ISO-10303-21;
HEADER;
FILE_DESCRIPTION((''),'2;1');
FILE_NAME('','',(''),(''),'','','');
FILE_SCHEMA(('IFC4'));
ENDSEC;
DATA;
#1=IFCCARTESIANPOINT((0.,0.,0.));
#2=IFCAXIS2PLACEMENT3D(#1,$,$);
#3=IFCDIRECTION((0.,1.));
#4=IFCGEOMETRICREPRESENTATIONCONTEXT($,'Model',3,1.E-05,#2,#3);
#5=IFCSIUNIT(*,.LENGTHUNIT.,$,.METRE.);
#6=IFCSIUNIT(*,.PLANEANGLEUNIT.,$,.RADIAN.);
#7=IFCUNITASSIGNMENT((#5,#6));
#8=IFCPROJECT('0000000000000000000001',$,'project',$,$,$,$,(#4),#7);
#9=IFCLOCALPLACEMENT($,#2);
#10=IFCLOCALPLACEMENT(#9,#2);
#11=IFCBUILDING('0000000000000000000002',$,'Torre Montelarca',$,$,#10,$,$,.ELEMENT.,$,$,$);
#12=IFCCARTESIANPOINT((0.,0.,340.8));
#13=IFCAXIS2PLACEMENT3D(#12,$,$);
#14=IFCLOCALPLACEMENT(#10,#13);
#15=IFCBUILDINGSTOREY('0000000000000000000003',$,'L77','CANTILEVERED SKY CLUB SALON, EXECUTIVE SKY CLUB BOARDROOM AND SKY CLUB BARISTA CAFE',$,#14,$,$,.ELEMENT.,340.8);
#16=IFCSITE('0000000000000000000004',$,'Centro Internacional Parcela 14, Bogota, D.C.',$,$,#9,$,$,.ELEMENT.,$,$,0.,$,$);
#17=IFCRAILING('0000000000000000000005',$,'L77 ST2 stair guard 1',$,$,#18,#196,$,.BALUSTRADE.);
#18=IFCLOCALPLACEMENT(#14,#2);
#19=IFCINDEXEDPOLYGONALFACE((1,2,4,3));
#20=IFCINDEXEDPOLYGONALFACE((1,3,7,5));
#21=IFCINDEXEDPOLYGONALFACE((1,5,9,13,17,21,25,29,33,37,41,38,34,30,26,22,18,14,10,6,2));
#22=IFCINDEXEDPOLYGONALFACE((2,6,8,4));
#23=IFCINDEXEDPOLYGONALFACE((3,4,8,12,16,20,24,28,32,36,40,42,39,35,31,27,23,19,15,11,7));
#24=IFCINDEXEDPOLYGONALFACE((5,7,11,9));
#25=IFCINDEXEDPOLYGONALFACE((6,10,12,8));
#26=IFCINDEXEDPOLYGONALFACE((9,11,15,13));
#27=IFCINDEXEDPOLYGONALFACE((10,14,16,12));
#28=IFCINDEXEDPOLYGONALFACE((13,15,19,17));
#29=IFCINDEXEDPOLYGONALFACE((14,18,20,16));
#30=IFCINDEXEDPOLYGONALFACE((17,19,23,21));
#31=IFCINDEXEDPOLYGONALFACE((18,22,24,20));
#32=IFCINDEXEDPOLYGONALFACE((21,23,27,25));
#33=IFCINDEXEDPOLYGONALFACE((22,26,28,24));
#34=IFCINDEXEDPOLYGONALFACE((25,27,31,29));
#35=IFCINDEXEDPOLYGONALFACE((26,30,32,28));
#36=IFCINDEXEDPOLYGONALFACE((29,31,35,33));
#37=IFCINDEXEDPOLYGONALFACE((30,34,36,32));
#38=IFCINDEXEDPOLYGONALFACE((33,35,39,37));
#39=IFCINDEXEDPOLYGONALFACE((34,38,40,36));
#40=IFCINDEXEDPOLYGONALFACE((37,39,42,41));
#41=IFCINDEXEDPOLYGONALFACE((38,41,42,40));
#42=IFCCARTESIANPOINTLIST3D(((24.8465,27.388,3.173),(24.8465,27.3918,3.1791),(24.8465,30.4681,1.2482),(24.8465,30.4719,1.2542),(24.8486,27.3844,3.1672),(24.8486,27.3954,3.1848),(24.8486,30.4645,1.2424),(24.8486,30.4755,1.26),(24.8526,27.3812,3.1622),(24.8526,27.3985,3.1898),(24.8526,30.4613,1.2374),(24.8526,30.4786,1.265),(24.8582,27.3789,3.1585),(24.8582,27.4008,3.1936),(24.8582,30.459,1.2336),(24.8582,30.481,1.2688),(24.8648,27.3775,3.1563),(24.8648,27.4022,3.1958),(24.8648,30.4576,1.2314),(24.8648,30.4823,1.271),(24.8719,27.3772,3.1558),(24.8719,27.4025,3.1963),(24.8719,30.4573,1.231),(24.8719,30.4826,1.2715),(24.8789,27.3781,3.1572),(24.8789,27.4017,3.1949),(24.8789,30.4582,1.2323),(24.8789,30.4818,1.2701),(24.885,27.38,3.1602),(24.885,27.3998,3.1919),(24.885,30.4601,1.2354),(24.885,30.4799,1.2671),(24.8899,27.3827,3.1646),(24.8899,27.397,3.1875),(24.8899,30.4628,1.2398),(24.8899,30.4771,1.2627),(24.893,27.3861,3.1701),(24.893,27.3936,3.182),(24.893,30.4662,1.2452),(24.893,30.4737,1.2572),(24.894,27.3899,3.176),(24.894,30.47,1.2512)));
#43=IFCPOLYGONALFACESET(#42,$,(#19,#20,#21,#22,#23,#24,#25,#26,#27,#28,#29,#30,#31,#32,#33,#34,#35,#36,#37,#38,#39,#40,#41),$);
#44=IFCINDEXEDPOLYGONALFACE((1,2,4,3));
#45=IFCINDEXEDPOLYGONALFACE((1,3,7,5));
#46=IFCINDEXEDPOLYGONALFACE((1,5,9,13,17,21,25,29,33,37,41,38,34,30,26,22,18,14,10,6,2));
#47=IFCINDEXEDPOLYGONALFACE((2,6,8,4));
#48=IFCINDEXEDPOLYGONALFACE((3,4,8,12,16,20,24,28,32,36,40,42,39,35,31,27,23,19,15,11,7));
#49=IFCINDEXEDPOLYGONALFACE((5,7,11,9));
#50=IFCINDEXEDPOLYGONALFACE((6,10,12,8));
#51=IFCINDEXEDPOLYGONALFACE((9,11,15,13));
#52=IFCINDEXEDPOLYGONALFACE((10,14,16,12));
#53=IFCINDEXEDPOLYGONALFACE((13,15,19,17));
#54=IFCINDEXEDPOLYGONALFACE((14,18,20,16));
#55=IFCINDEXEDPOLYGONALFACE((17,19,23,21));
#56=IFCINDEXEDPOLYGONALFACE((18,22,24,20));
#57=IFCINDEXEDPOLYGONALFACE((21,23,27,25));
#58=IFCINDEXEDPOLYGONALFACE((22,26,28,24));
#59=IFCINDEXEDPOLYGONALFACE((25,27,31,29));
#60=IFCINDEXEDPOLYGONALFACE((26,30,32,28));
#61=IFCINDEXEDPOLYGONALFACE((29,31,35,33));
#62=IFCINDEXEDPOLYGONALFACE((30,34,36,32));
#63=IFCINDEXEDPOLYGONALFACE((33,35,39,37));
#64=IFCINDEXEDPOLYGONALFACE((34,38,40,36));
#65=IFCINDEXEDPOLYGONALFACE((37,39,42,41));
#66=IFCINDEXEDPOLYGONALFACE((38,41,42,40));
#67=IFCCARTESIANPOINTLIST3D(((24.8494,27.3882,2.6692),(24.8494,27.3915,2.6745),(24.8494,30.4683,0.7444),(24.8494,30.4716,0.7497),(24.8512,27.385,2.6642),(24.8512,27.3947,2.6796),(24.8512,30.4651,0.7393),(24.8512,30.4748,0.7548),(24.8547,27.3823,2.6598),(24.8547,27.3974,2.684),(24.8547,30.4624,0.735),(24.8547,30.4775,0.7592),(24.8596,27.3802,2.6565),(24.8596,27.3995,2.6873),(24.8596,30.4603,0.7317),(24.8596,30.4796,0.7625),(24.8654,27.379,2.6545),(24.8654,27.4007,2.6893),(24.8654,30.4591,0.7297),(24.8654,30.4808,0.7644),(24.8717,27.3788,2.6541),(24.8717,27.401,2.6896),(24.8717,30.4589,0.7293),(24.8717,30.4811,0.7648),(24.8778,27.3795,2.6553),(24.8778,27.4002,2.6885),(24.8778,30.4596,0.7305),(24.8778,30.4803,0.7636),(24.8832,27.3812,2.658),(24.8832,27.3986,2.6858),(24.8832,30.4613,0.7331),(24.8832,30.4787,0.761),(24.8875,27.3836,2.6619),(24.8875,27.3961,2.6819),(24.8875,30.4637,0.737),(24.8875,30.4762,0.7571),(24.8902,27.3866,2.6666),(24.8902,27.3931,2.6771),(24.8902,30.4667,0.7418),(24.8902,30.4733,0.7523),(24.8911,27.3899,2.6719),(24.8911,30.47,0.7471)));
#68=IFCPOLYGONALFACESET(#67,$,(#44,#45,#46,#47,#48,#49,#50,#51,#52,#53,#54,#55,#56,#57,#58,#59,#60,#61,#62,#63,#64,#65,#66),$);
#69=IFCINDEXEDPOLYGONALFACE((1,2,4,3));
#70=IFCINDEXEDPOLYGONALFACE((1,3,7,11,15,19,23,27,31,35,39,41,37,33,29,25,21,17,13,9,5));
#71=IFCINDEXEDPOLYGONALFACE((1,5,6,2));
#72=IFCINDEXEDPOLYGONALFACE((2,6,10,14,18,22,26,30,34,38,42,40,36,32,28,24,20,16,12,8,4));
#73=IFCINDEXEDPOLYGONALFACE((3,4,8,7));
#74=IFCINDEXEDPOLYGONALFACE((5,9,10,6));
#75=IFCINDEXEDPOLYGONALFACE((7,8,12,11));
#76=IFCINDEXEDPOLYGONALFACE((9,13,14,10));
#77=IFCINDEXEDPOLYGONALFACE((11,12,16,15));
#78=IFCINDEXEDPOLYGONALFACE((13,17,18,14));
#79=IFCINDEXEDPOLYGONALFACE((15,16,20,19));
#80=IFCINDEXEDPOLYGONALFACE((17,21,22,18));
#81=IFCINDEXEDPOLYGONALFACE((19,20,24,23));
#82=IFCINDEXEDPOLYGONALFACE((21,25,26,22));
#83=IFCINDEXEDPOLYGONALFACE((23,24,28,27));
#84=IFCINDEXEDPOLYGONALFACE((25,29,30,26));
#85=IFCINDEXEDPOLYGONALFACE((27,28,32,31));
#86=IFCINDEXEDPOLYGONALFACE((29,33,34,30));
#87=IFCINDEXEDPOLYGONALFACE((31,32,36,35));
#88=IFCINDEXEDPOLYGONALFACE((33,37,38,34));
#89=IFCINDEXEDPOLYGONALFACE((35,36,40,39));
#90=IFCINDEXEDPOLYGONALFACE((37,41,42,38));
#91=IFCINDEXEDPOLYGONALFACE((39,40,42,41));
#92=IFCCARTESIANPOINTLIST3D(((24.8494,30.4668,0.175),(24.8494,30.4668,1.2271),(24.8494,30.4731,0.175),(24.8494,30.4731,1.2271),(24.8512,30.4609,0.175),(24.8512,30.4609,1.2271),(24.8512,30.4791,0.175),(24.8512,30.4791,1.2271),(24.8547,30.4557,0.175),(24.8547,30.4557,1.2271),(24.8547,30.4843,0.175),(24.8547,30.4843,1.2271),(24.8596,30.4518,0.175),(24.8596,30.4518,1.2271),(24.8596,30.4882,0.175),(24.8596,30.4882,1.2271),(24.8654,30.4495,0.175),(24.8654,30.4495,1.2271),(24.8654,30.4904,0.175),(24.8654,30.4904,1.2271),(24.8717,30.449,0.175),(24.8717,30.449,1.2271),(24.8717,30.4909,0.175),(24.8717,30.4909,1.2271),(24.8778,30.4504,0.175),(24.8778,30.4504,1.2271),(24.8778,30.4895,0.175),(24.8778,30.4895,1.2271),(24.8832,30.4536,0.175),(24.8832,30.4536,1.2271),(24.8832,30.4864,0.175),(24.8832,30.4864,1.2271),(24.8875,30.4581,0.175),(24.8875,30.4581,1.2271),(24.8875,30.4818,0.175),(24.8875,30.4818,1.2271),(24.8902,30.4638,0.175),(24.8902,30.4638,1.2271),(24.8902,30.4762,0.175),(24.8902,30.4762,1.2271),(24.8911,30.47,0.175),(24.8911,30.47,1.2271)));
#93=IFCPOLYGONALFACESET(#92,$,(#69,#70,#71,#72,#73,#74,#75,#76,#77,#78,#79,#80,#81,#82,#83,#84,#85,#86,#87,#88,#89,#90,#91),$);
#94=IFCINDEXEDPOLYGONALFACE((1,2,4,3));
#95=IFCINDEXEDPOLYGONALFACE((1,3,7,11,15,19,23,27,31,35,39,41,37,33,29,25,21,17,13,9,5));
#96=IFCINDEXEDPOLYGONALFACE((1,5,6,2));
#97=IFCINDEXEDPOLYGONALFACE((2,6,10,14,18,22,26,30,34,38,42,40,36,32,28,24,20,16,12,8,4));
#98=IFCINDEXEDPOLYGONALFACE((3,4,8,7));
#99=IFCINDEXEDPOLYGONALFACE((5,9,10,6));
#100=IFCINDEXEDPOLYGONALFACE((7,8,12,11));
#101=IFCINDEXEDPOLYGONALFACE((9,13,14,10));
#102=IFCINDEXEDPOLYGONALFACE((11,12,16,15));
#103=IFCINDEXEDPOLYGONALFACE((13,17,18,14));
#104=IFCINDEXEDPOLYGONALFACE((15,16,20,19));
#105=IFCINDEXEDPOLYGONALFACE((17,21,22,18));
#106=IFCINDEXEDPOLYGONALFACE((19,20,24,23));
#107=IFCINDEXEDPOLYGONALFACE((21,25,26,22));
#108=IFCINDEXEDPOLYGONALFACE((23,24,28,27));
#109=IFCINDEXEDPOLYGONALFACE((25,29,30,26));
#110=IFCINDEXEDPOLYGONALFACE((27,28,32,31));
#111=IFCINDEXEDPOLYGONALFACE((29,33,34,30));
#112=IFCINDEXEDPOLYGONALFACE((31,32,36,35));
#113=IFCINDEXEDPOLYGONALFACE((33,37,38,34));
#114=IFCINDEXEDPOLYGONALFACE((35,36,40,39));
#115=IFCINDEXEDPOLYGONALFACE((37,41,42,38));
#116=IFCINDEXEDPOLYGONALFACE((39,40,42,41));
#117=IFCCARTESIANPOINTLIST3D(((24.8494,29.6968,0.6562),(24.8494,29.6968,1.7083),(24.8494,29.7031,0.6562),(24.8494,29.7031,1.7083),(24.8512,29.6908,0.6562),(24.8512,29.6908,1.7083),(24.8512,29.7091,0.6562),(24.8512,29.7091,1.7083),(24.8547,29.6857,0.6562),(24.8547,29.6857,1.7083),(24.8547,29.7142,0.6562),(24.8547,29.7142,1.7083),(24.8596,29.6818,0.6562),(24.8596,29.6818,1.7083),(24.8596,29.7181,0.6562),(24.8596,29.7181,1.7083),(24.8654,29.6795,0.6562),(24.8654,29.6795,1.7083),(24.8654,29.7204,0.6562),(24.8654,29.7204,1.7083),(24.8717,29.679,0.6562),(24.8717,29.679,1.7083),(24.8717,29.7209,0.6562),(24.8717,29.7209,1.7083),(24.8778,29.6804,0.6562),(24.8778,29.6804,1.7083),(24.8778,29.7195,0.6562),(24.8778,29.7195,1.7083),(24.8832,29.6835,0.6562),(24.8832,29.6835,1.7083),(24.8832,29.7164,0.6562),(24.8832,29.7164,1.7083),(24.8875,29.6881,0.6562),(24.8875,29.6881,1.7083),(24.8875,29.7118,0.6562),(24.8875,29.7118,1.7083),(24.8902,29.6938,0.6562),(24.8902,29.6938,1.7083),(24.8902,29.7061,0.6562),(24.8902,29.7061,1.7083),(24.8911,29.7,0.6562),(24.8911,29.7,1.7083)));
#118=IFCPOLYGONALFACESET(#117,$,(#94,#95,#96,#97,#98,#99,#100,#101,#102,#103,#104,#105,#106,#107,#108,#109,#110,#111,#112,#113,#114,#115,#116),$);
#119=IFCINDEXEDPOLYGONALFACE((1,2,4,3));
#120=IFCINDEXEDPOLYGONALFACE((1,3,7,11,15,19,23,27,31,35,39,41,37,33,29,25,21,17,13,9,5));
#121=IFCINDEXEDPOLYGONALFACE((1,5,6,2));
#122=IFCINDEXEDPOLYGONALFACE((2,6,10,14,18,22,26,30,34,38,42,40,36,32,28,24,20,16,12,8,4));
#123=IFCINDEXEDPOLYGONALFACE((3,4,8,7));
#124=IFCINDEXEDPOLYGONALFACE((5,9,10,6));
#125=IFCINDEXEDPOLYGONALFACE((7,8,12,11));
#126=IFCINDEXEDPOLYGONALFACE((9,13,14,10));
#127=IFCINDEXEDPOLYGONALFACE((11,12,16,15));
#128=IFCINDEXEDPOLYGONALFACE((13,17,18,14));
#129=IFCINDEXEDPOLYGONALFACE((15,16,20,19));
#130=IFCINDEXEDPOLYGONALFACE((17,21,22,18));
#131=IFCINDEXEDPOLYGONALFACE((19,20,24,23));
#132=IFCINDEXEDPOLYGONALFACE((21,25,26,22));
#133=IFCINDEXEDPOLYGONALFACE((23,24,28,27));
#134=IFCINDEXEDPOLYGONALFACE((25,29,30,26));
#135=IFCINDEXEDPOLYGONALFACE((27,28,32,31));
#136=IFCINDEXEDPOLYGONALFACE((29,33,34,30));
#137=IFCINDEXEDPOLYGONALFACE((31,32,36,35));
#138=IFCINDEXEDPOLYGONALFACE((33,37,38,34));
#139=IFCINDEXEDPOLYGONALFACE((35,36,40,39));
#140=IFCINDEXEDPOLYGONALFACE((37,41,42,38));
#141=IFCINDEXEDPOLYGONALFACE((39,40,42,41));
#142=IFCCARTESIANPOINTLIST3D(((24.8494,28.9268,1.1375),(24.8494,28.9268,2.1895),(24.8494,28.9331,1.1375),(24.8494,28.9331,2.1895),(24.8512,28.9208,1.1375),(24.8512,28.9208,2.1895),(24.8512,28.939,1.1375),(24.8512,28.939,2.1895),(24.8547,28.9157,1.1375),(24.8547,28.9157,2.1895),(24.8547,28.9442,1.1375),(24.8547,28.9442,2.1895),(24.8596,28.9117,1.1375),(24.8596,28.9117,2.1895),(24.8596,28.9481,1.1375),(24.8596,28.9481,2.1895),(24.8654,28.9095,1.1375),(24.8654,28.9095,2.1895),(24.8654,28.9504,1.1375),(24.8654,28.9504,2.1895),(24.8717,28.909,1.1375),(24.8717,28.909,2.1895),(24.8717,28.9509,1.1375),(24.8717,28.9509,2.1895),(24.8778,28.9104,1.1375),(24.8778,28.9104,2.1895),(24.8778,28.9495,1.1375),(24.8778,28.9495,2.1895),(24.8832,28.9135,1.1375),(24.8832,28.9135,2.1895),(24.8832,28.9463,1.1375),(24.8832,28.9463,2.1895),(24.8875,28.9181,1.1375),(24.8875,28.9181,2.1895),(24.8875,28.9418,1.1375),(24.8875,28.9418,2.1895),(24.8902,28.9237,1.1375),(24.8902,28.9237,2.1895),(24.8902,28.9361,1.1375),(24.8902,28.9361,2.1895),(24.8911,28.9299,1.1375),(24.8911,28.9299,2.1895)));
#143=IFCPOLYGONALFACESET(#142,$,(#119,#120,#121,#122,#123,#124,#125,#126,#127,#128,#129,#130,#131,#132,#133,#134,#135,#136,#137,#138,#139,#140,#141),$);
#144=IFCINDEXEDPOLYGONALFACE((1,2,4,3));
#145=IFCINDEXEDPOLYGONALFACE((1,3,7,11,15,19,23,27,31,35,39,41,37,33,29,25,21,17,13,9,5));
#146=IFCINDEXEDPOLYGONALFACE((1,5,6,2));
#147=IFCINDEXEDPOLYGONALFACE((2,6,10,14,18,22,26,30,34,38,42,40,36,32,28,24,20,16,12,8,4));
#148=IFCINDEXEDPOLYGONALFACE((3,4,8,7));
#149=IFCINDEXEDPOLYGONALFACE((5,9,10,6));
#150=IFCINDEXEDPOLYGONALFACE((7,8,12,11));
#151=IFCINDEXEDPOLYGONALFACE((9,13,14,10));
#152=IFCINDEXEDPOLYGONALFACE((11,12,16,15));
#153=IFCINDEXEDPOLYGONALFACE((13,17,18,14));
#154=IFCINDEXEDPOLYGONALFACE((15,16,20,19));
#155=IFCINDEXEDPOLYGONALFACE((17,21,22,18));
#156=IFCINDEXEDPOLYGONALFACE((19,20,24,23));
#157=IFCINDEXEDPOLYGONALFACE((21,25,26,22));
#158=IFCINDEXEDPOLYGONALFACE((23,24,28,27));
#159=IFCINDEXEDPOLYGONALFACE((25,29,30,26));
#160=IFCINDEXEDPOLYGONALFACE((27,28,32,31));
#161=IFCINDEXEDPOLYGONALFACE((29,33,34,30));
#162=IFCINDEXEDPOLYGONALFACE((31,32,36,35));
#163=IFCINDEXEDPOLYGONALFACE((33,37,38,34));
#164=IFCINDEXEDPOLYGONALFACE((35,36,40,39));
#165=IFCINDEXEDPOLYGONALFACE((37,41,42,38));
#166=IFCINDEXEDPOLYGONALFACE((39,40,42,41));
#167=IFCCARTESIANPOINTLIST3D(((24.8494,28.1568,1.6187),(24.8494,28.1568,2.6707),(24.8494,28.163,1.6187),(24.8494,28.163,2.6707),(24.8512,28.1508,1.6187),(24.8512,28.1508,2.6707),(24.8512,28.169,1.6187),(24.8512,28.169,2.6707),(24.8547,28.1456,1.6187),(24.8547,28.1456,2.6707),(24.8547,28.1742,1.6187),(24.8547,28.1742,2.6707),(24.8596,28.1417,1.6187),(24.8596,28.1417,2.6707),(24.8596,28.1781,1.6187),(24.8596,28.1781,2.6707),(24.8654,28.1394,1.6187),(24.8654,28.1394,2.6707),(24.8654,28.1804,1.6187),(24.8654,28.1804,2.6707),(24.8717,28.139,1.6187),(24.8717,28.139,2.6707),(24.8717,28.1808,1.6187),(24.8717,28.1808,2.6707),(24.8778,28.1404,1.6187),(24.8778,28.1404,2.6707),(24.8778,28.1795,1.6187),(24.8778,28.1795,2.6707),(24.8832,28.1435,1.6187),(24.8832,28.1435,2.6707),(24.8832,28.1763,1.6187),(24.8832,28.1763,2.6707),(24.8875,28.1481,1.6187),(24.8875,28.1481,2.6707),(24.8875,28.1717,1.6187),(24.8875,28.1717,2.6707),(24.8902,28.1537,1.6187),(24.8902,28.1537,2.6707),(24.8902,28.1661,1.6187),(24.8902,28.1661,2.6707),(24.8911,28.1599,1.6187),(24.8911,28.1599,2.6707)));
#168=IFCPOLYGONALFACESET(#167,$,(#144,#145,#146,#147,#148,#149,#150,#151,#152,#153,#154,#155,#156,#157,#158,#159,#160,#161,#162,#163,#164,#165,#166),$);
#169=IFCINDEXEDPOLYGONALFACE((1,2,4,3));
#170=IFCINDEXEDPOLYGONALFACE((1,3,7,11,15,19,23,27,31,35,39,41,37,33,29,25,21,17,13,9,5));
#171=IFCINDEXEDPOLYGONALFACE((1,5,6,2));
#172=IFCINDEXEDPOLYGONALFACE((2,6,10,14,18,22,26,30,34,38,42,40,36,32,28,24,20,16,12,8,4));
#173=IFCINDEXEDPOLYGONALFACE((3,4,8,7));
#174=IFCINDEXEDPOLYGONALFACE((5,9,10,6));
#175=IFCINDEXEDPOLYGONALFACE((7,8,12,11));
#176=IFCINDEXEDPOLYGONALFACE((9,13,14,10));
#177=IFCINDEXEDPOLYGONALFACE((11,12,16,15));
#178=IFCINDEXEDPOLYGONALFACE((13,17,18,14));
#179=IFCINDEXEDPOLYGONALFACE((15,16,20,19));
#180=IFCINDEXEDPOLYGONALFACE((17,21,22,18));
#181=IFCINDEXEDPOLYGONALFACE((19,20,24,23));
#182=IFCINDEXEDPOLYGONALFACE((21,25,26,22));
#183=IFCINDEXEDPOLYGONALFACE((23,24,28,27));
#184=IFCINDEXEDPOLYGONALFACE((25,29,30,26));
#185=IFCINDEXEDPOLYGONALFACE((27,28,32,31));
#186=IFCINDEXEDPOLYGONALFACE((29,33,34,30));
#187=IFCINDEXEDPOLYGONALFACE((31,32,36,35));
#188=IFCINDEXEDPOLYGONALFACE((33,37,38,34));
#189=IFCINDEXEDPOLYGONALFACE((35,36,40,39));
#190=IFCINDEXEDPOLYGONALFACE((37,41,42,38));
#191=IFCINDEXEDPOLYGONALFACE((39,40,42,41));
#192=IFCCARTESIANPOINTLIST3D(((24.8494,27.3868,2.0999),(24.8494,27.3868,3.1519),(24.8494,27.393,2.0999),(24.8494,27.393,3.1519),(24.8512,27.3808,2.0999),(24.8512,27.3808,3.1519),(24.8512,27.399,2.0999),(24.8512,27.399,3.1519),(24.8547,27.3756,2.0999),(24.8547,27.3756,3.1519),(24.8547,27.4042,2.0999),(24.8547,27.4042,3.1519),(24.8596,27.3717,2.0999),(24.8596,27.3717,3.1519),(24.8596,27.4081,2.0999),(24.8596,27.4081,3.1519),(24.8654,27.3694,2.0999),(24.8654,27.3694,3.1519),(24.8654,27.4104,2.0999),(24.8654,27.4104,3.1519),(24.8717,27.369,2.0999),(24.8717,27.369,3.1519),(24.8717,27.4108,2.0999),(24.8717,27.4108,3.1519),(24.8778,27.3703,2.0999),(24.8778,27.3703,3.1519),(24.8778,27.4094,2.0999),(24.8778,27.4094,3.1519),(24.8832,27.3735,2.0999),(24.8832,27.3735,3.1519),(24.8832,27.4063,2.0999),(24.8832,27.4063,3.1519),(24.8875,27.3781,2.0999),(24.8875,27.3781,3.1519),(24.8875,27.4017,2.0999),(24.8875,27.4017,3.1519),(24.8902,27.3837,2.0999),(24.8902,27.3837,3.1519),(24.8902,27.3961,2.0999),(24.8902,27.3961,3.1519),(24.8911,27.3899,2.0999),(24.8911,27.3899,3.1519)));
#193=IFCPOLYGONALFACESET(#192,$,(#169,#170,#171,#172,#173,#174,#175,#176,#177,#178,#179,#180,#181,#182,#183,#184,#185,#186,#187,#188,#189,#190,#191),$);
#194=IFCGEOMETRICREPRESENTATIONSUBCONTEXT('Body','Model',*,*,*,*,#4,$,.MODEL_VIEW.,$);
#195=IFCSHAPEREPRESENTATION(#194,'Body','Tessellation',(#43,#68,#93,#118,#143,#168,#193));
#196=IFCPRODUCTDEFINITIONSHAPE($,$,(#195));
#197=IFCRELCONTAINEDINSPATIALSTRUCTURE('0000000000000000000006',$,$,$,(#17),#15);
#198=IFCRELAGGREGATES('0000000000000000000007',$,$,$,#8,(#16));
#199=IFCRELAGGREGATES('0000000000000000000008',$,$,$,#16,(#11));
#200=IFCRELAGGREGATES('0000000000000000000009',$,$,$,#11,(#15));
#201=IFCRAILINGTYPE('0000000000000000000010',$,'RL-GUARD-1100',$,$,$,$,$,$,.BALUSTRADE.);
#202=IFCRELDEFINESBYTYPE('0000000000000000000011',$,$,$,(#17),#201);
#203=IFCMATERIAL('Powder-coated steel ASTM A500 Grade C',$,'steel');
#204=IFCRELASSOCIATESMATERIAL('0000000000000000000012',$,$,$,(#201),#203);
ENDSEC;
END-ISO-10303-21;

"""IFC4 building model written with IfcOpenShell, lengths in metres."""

from ifc_helpers import new_model, si_unit, direction, frame, origin, origin_2d, place, context, subcontext, project, spatial, circle, extrude, material, type_object, element, save


model = new_model("IFC4")

# Units and contexts
model_context = context("Model", 3, precision=1e-05, world=origin(), true_north=direction((0.0, 1.0)))
body_context = subcontext(model_context, "Body", "Model", "MODEL_VIEW")
ifc_project = project(units=[si_unit("LENGTHUNIT", "METRE"), si_unit("PLANEANGLEUNIT", "RADIAN")], contexts=[model_context])

# Site, building, storey
site_placement = place(None, origin())
site = spatial("IfcSite", under=ifc_project, at=site_placement, Name="Centro Internacional Parcela 14, Bogota, D.C.", CompositionType="ELEMENT", RefElevation=0.0)
building_placement = place(site_placement, origin())
building = spatial("IfcBuilding", under=site, at=building_placement, Name="Torre Montelarca", CompositionType="ELEMENT")
storey_placement = place(building_placement, frame((0.0, 0.0, 340.8)))
storey = spatial("IfcBuildingStorey", under=building, at=storey_placement, Name="L77", Description="CANTILEVERED SKY CLUB SALON, EXECUTIVE SKY CLUB BOARDROOM AND SKY CLUB BARISTA CAFE", CompositionType="ELEMENT", Elevation=340.8)

# Railing
ifc_material_1 = material(Name="Powder-coated steel ASTM A500 Grade C", Category="steel")
railing_type_1 = type_object("IfcRailingType", Name="RL-GUARD-1100", PredefinedType="BALUSTRADE", material=ifc_material_1)
railing_1_placement = place(storey_placement, frame((24.8701, 30.47, 0.175)))
element("IfcRailing", 1, at=railing_1_placement, inside=storey, type_object=railing_type_1, Name="L77 ST2 stair guard 1", PredefinedType="BALUSTRADE", context=body_context, shape_type="SweptSolid", body=[
    extrude(circle(Radius=0.0239, at=origin_2d()), frame((0.0, 0.0, 1.0762), z_axis=(0.0, -0.848029, 0.529951), x_axis=(1.0, 0.0, 0.0)), (0.0, 0.0, 1.0), 3.6321),
    extrude(circle(Radius=0.021, at=origin_2d()), frame((0.0, 0.0, 0.572), z_axis=(0.0, -0.848029, 0.529951), x_axis=(1.0, 0.0, 0.0)), (0.0, 0.0, 1.0), 3.6321),
    extrude(circle(Radius=0.021, at=origin_2d()), origin(), (0.0, 0.0, 1.0), 1.052),
    extrude(circle(Radius=0.021, at=origin_2d()), frame((0.0, -0.77, 0.4812)), (0.0, 0.0, 1.0), 1.052),
    extrude(circle(Radius=0.021, at=origin_2d()), frame((0.0, -1.54, 0.9624)), (0.0, 0.0, 1.0), 1.052),
    extrude(circle(Radius=0.021, at=origin_2d()), frame((0.0, -2.3101, 1.4436)), (0.0, 0.0, 1.0), 1.052),
    extrude(circle(Radius=0.021, at=origin_2d()), frame((0.0, -3.0801, 1.9248)), (0.0, 0.0, 1.0), 1.052),
])

save(model, "model.ifc")
